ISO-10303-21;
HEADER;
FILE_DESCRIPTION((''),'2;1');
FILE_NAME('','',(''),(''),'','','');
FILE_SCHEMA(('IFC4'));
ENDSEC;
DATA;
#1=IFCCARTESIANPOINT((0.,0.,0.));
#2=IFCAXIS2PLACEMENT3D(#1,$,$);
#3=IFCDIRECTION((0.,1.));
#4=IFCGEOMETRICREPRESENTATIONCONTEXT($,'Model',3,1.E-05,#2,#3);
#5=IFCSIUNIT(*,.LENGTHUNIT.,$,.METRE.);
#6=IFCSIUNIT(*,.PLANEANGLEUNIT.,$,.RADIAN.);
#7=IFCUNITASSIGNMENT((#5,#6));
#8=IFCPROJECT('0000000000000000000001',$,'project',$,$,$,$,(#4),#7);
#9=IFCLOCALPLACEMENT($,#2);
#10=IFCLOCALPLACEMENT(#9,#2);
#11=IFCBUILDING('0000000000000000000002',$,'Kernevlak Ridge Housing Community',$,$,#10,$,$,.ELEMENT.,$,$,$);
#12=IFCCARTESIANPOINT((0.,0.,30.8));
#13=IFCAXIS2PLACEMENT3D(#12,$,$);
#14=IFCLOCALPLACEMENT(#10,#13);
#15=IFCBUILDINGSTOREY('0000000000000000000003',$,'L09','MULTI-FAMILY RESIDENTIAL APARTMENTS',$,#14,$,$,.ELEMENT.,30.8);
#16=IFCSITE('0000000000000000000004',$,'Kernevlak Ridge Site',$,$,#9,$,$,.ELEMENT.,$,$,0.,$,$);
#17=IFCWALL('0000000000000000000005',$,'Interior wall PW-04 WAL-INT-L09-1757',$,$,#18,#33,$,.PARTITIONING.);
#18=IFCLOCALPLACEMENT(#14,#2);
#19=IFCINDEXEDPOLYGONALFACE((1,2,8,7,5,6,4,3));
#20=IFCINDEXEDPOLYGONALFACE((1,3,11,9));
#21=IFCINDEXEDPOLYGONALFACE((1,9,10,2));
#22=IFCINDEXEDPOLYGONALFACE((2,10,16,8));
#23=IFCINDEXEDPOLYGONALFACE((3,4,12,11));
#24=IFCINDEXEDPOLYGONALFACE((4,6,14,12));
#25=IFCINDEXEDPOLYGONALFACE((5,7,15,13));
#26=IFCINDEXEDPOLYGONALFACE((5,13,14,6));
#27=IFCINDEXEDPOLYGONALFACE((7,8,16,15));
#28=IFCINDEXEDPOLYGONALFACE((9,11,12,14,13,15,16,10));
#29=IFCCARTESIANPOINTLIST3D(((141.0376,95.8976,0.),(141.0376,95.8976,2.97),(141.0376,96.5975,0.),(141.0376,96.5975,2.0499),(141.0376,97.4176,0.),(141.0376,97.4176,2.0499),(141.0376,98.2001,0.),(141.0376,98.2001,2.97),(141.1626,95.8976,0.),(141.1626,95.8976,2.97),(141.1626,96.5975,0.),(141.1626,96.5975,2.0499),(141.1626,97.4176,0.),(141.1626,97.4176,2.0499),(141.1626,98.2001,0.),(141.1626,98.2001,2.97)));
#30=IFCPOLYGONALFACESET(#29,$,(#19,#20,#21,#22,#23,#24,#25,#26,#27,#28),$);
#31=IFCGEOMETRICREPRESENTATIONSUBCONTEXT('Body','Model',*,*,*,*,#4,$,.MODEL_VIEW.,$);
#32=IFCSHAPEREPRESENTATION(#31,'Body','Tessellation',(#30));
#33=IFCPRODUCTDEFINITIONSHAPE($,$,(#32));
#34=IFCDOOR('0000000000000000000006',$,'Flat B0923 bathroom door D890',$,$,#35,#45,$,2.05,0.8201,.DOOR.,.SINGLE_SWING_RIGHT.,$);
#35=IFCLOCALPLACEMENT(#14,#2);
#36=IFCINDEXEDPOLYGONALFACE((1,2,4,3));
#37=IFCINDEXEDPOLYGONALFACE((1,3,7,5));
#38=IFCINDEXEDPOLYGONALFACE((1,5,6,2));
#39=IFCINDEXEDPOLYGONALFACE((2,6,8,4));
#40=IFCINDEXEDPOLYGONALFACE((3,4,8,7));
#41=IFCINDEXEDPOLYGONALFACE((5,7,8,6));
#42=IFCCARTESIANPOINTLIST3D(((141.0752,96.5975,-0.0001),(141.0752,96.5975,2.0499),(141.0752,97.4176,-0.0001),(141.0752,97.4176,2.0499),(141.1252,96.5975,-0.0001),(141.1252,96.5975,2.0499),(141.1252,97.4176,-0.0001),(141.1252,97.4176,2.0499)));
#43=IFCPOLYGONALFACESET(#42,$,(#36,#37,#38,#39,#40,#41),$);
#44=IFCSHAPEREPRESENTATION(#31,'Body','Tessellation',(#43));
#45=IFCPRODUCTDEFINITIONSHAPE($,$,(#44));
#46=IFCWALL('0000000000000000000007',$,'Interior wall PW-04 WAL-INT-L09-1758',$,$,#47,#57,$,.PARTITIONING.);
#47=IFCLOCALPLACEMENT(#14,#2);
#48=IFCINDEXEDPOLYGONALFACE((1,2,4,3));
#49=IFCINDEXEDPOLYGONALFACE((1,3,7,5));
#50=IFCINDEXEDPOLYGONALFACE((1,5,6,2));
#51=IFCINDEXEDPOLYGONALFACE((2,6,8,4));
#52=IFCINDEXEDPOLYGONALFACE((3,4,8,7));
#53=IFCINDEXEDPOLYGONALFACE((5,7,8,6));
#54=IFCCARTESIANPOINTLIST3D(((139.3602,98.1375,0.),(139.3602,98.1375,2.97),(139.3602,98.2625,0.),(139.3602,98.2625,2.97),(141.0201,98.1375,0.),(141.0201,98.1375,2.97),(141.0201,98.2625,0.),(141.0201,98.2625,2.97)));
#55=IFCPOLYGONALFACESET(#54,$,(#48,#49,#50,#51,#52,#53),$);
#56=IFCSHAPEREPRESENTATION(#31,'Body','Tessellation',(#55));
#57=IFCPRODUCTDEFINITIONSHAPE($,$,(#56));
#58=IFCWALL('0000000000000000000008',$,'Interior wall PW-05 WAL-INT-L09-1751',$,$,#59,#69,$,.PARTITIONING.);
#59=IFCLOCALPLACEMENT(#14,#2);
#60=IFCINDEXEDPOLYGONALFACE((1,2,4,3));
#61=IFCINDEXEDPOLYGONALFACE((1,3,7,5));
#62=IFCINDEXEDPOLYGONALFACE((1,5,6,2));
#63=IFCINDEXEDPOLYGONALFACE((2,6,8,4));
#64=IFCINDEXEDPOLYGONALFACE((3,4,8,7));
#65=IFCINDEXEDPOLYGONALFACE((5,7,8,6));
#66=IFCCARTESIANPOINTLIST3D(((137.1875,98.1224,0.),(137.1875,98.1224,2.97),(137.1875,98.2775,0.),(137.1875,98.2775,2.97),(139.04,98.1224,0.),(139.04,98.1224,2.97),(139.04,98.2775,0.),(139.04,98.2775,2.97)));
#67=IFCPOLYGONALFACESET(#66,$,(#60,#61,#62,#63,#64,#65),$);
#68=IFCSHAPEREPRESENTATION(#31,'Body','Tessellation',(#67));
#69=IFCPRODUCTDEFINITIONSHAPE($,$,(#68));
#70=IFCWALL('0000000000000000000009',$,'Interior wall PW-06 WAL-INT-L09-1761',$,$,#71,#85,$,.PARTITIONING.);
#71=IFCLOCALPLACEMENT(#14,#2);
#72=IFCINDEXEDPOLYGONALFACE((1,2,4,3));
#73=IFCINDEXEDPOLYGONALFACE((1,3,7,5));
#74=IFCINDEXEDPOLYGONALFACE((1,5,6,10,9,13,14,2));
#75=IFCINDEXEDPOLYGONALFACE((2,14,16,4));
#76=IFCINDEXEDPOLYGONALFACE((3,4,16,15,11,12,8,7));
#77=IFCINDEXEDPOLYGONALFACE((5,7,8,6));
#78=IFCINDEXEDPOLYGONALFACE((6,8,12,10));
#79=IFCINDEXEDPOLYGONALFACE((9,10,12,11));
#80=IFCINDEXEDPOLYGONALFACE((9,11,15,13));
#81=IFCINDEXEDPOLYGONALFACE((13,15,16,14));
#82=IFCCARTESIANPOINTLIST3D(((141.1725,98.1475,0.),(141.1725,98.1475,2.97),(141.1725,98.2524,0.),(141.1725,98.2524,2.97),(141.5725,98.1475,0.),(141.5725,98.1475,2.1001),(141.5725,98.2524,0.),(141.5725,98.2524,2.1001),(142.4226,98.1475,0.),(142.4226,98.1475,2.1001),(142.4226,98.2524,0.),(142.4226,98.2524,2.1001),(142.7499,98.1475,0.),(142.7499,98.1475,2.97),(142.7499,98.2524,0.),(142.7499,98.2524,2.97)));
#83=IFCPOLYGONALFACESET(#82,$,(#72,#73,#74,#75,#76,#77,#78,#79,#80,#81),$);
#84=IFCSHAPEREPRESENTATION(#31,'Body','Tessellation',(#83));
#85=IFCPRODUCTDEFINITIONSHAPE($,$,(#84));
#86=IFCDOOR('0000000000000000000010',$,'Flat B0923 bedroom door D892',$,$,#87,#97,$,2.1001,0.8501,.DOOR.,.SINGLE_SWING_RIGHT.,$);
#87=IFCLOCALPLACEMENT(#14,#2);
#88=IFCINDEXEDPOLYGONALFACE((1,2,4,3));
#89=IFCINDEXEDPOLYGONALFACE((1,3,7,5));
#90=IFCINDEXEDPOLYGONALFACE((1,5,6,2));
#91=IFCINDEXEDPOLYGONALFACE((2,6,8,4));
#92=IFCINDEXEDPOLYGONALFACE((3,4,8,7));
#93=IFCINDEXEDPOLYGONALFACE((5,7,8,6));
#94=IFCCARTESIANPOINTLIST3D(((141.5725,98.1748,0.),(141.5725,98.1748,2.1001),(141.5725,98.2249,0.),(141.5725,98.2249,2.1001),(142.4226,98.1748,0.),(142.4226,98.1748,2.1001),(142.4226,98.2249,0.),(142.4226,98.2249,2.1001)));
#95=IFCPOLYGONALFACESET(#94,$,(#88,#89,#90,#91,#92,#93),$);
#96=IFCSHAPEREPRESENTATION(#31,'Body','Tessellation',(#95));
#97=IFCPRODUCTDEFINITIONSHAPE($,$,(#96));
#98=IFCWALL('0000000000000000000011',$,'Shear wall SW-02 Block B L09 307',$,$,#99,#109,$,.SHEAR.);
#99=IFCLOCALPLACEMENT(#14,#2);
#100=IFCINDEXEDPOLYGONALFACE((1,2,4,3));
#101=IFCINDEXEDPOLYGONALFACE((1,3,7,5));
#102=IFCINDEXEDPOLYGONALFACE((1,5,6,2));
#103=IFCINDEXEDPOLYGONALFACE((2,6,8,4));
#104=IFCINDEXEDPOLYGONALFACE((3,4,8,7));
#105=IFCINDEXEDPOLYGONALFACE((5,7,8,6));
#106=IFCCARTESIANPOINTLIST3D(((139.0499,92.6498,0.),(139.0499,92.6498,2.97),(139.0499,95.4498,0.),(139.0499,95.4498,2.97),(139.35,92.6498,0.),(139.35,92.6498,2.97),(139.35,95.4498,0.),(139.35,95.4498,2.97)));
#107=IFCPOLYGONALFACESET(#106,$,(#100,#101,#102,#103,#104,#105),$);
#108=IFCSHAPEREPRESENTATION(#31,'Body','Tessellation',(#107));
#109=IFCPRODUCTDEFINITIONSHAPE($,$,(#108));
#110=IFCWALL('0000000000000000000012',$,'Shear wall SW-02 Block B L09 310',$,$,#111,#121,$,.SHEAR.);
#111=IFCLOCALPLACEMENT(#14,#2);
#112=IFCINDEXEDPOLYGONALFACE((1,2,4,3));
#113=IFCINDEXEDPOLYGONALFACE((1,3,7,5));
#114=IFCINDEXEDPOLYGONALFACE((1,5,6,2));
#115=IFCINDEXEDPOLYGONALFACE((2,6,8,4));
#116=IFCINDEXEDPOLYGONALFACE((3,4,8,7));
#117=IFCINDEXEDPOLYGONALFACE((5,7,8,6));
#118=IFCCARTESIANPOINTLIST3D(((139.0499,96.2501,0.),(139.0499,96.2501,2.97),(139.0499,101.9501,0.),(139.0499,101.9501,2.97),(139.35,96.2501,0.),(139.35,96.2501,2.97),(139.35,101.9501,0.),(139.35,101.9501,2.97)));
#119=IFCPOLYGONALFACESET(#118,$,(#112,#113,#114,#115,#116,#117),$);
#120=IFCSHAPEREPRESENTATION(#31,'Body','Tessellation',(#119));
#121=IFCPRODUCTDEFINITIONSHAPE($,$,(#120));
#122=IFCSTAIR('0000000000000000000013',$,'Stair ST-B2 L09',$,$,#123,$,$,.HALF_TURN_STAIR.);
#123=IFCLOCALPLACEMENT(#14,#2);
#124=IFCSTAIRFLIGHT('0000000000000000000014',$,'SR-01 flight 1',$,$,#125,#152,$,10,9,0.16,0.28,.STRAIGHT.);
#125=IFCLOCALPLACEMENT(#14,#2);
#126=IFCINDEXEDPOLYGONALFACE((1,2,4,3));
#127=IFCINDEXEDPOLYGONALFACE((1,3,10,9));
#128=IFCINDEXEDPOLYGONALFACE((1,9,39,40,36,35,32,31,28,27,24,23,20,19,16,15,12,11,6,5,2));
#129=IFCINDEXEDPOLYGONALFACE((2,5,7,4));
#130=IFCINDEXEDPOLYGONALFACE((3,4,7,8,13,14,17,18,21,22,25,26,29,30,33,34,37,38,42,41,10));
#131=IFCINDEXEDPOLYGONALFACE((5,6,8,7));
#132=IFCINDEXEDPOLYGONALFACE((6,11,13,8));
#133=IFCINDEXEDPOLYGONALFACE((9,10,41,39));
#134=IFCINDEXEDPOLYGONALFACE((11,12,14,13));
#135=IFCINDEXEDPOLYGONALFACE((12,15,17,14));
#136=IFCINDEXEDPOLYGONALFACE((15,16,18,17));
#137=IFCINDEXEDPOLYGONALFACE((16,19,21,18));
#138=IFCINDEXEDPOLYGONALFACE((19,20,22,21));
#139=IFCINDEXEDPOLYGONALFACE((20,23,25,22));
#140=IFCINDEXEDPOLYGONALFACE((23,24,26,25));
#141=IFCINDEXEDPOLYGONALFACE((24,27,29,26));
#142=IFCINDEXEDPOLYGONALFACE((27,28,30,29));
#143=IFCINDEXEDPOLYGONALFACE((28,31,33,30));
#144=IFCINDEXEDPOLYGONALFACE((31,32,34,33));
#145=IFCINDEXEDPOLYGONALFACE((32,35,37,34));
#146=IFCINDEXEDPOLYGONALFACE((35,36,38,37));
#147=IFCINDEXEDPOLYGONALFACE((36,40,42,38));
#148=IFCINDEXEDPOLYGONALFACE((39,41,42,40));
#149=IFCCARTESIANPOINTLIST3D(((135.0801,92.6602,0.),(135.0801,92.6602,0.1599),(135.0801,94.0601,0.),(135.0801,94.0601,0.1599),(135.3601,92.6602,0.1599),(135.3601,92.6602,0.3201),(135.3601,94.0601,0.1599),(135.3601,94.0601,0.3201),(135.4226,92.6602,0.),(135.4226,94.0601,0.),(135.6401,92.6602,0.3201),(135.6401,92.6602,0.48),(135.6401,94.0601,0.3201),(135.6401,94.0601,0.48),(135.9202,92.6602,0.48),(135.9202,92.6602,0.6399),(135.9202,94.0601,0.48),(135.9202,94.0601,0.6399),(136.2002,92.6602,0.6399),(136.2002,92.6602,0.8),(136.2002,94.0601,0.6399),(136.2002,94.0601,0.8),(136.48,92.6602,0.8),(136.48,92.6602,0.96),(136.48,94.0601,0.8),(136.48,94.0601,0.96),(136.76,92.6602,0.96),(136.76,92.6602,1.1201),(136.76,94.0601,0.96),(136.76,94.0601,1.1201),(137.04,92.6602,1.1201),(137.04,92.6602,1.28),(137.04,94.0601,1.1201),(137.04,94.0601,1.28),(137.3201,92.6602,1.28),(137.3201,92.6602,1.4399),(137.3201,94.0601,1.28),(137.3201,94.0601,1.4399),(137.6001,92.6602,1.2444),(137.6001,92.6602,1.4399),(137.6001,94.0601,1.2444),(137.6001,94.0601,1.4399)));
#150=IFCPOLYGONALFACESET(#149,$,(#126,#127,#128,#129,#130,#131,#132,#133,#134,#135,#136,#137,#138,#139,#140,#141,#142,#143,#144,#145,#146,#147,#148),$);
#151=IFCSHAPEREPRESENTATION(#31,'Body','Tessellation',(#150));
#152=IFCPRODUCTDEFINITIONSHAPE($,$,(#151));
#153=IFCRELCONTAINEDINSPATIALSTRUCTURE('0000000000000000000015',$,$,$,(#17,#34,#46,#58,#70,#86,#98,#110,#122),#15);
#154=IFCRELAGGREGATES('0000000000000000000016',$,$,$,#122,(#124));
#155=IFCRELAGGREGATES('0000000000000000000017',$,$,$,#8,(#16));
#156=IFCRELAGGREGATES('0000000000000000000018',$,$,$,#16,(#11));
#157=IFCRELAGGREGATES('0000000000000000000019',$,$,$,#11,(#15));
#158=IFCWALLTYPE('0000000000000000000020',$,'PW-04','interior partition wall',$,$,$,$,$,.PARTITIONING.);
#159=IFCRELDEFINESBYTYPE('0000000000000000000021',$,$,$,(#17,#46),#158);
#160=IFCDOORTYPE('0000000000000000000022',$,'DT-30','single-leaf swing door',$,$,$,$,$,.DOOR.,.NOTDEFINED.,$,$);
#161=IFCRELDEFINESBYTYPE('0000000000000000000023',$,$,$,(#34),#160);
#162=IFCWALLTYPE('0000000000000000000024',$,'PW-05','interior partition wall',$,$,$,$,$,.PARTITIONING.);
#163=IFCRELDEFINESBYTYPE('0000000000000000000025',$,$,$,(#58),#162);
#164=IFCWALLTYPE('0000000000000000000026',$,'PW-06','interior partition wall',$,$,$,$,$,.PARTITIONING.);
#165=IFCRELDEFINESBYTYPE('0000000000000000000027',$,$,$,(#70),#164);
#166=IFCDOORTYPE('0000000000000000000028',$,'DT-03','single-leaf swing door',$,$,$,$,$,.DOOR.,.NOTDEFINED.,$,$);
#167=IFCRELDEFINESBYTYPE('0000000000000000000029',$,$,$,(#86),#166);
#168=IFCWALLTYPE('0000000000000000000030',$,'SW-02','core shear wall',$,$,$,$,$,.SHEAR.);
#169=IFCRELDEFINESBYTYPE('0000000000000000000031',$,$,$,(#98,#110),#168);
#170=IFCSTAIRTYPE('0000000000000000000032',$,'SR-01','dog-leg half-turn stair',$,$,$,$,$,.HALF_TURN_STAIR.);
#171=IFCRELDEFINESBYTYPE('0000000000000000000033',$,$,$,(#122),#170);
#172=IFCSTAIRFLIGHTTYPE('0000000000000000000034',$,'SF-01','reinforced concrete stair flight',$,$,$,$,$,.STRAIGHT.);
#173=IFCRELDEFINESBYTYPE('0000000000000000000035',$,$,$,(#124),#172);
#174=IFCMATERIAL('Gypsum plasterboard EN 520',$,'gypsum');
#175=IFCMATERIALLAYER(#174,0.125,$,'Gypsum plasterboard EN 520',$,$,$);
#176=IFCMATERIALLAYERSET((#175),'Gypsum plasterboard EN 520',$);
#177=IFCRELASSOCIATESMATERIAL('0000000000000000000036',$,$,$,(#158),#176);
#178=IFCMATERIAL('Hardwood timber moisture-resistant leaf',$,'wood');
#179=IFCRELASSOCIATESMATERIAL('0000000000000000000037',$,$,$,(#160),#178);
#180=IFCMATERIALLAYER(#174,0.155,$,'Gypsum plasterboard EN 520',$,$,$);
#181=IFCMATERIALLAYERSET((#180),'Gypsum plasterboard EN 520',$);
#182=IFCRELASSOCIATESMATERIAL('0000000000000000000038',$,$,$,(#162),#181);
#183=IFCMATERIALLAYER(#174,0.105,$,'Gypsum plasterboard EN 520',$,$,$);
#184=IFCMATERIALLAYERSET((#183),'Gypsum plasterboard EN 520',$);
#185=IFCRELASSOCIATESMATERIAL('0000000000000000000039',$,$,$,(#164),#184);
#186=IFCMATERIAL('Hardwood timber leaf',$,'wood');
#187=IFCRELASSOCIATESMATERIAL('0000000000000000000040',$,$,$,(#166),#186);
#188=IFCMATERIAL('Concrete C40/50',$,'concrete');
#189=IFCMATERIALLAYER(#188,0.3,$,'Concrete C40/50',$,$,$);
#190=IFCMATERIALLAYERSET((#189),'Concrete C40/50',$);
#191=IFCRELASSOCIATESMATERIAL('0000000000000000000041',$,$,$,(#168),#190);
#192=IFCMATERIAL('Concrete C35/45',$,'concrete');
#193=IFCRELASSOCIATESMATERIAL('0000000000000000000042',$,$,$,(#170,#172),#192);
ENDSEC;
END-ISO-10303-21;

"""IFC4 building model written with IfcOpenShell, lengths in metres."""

from ifc_helpers import new_model, si_unit, direction, frame, frame_2d, origin, place, context, subcontext, project, spatial, polyline, rectangle, outline, extrude, material, layer, layer_set, type_object, element, fill, aggregate, save


model = new_model("IFC4")

# Units and contexts
model_context = context("Model", 3, precision=1e-05, world=origin(), true_north=direction((0.0, 1.0)))
body_context = subcontext(model_context, "Body", "Model", "MODEL_VIEW")
ifc_project = project(units=[si_unit("LENGTHUNIT", "METRE"), si_unit("PLANEANGLEUNIT", "RADIAN")], contexts=[model_context])

# Site, building, storey
site_placement = place(None, origin())
site = spatial("IfcSite", under=ifc_project, at=site_placement, Name="Kernevlak Ridge Site", CompositionType="ELEMENT", RefElevation=0.0)
building_placement = place(site_placement, origin())
building = spatial("IfcBuilding", under=site, at=building_placement, Name="Kernevlak Ridge Housing Community", CompositionType="ELEMENT")
storey_placement = place(building_placement, frame((0.0, 0.0, 30.8)))
storey = spatial("IfcBuildingStorey", under=building, at=storey_placement, Name="L09", Description="MULTI-FAMILY RESIDENTIAL APARTMENTS", CompositionType="ELEMENT", Elevation=30.8)

# Shared definitions
ifc_material_1 = material(Name="Concrete C40/50", Category="concrete")

# Shared definitions
ifc_material_2 = material(Name="Concrete C35/45", Category="concrete")

# Wall, opening, door
ifc_material_3 = material(Name="Gypsum plasterboard EN 520", Category="gypsum")
ifc_layer_1 = layer(ifc_material_3, 0.125, Name="Gypsum plasterboard EN 520")
ifc_layer_set_1 = layer_set([ifc_layer_1], Name="Gypsum plasterboard EN 520")
wall_type_1 = type_object("IfcWallType", Name="PW-04", Description="interior partition wall", PredefinedType="PARTITIONING", material=ifc_layer_set_1)
wall_1_placement = place(storey_placement, frame((141.1001, 95.8975, 0.0), z_axis=(0.0, 0.0, 1.0), x_axis=(0.0, 1.0, 0.0)))
wall_1 = element("IfcWall", 1, at=wall_1_placement, inside=storey, type_object=wall_type_1, Name="Interior wall PW-04 WAL-INT-L09-1757", PredefinedType="PARTITIONING", context=body_context, shape_type="SweptSolid", body=[
    extrude(rectangle(XDim=2.3025, YDim=0.125, at=frame_2d((1.1514, 0.0))), origin(), (0.0, 0.0, 1.0), 2.97),
])
opening_1_placement = place(wall_1_placement, frame((0.7, 0.0, 0.0)))
opening_1 = element("IfcOpeningElement", 2, at=opening_1_placement, cuts=wall_1, PredefinedType="OPENING", context=body_context, shape_type="SweptSolid", body=[
    extrude(rectangle(XDim=0.8201, YDim=2.05, at=frame_2d((0.4102, 1.0249))), frame((0.0, 0.0725, 0.0), z_axis=(0.0, -1.0, 0.0), x_axis=(1.0, 0.0, 0.0)), (0.0, 0.0, 1.0), 0.145),
])
ifc_material_4 = material(Name="Hardwood timber moisture-resistant leaf", Category="wood")
door_type_1 = type_object("IfcDoorType", Name="DT-30", Description="single-leaf swing door", OperationType="NOTDEFINED", PredefinedType="DOOR", material=ifc_material_4)
door_1_placement = place(opening_1_placement, origin())
door_1 = element("IfcDoor", 3, at=door_1_placement, inside=storey, type_object=door_type_1, Name="Flat B0923 bathroom door D890", OperationType="SINGLE_SWING_RIGHT", OverallHeight=2.05, OverallWidth=0.8201, PredefinedType="DOOR", context=body_context, shape_type="SweptSolid", body=[
    extrude(rectangle(XDim=0.8201, YDim=2.05, at=frame_2d((0.4102, 1.0249))), frame((0.0, 0.0249, 0.0), z_axis=(0.0, -1.0, 0.0), x_axis=(1.0, 0.0, 0.0)), (0.0, 0.0, 1.0), 0.05),
])
fill(opening_1, door_1)

# Wall
wall_2_placement = place(storey_placement, frame((139.3601, 98.2, 0.0), z_axis=(0.0, 0.0, 1.0), x_axis=(1.0, 0.0, 0.0)))
element("IfcWall", 4, at=wall_2_placement, inside=storey, type_object=wall_type_1, Name="Interior wall PW-04 WAL-INT-L09-1758", PredefinedType="PARTITIONING", context=body_context, shape_type="SweptSolid", body=[
    extrude(rectangle(XDim=1.6599, YDim=0.125, at=frame_2d((0.8301, 0.0))), origin(), (0.0, 0.0, 1.0), 2.97),
])

# Shared definitions
ifc_layer_2 = layer(ifc_material_3, 0.155, Name="Gypsum plasterboard EN 520")
ifc_layer_set_2 = layer_set([ifc_layer_2], Name="Gypsum plasterboard EN 520")
wall_type_2 = type_object("IfcWallType", Name="PW-05", Description="interior partition wall", PredefinedType="PARTITIONING", material=ifc_layer_set_2)
ifc_material_5 = material(Name="Hardwood timber leaf", Category="wood")

# Wall
wall_3_placement = place(storey_placement, frame((137.1875, 98.2, 0.0), z_axis=(0.0, 0.0, 1.0), x_axis=(1.0, 0.0, 0.0)))
element("IfcWall", 5, at=wall_3_placement, inside=storey, type_object=wall_type_2, Name="Interior wall PW-05 WAL-INT-L09-1751", PredefinedType="PARTITIONING", context=body_context, shape_type="SweptSolid", body=[
    extrude(rectangle(XDim=1.8525, YDim=0.155, at=frame_2d((0.9263, 0.0))), origin(), (0.0, 0.0, 1.0), 2.97),
])

# Wall, opening, door
ifc_layer_3 = layer(ifc_material_3, 0.105, Name="Gypsum plasterboard EN 520")
ifc_layer_set_3 = layer_set([ifc_layer_3], Name="Gypsum plasterboard EN 520")
wall_type_3 = type_object("IfcWallType", Name="PW-06", Description="interior partition wall", PredefinedType="PARTITIONING", material=ifc_layer_set_3)
wall_4_placement = place(storey_placement, frame((141.1726, 98.2, 0.0), z_axis=(0.0, 0.0, 1.0), x_axis=(1.0, 0.0, 0.0)))
wall_4 = element("IfcWall", 6, at=wall_4_placement, inside=storey, type_object=wall_type_3, Name="Interior wall PW-06 WAL-INT-L09-1761", PredefinedType="PARTITIONING", context=body_context, shape_type="SweptSolid", body=[
    extrude(rectangle(XDim=1.5774, YDim=0.105, at=frame_2d((0.7886, 0.0))), origin(), (0.0, 0.0, 1.0), 2.97),
])
opening_2_placement = place(wall_4_placement, frame((0.3999, 0.0, 0.0)))
opening_2 = element("IfcOpeningElement", 7, at=opening_2_placement, cuts=wall_4, PredefinedType="OPENING", context=body_context, shape_type="SweptSolid", body=[
    extrude(rectangle(XDim=0.8501, YDim=2.1001, at=frame_2d((0.425, 1.05))), frame((0.0, 0.0625, 0.0), z_axis=(0.0, -1.0, 0.0), x_axis=(1.0, 0.0, 0.0)), (0.0, 0.0, 1.0), 0.125),
])
door_type_2 = type_object("IfcDoorType", Name="DT-03", Description="single-leaf swing door", OperationType="NOTDEFINED", PredefinedType="DOOR", material=ifc_material_5)
door_2_placement = place(opening_2_placement, origin())
door_2 = element("IfcDoor", 8, at=door_2_placement, inside=storey, type_object=door_type_2, Name="Flat B0923 bedroom door D892", OperationType="SINGLE_SWING_RIGHT", OverallHeight=2.1001, OverallWidth=0.8501, PredefinedType="DOOR", context=body_context, shape_type="SweptSolid", body=[
    extrude(rectangle(XDim=0.8501, YDim=2.1001, at=frame_2d((0.425, 1.05))), frame((0.0, 0.0249, 0.0), z_axis=(0.0, -1.0, 0.0), x_axis=(1.0, 0.0, 0.0)), (0.0, 0.0, 1.0), 0.05),
])
fill(opening_2, door_2)

# Walls
ifc_layer_4 = layer(ifc_material_1, 0.3, Name="Concrete C40/50")
ifc_layer_set_4 = layer_set([ifc_layer_4], Name="Concrete C40/50")
wall_type_4 = type_object("IfcWallType", Name="SW-02", Description="core shear wall", PredefinedType="SHEAR", material=ifc_layer_set_4)
wall_5_placement = place(storey_placement, frame((139.2, 92.6499, 0.0), z_axis=(0.0, 0.0, 1.0), x_axis=(0.0, 1.0, 0.0)))
element("IfcWall", 9, at=wall_5_placement, inside=storey, type_object=wall_type_4, Name="Shear wall SW-02 Block B L09 307", PredefinedType="SHEAR", context=body_context, shape_type="SweptSolid", body=[
    extrude(rectangle(XDim=2.8, YDim=0.3, at=frame_2d((1.3999, 0.0))), origin(), (0.0, 0.0, 1.0), 2.97),
])
wall_6_placement = place(storey_placement, frame((139.2, 96.25, 0.0), z_axis=(0.0, 0.0, 1.0), x_axis=(0.0, 1.0, 0.0)))
element("IfcWall", 10, at=wall_6_placement, inside=storey, type_object=wall_type_4, Name="Shear wall SW-02 Block B L09 310", PredefinedType="SHEAR", context=body_context, shape_type="SweptSolid", body=[
    extrude(rectangle(XDim=5.7, YDim=0.3, at=frame_2d((2.8501, 0.0))), origin(), (0.0, 0.0, 1.0), 2.97),
])

# Stair, stair flight
stair_type = type_object("IfcStairType", Name="SR-01", Description="dog-leg half-turn stair", PredefinedType="HALF_TURN_STAIR", material=ifc_material_2)
stair_placement = place(storey_placement, origin())
stair = element("IfcStair", 11, at=stair_placement, inside=storey, type_object=stair_type, Name="Stair ST-B2 L09", PredefinedType="HALF_TURN_STAIR")
stair_flight_type = type_object("IfcStairFlightType", Name="SF-01", Description="reinforced concrete stair flight", PredefinedType="STRAIGHT", material=ifc_material_2)
stair_flight_1_placement = place(storey_placement, frame((135.0801, 93.3601, 0.0), z_axis=(0.0, 0.0, 1.0), x_axis=(1.0, 0.0, 0.0)))
stair_flight_1 = element("IfcStairFlight", 12, at=stair_flight_1_placement, type_object=stair_flight_type, Name="SR-01 flight 1", NumberOfRisers=10, NumberOfTreads=9, PredefinedType="STRAIGHT", RiserHeight=0.16, TreadLength=0.28, context=body_context, shape_type="SweptSolid", body=[
    extrude(outline(polyline([(0.0, 0.0), (0.0, 0.1599), (0.28, 0.1599), (0.28, 0.3201), (0.5601, 0.3201), (0.5601, 0.48), (0.8401, 0.48), (0.8401, 0.6399), (1.1201, 0.6399), (1.1201, 0.8), (1.3999, 0.8), (1.3999, 0.96), (1.6799, 0.96), (1.6799, 1.1201), (1.96, 1.1201), (1.96, 1.28), (2.24, 1.28), (2.24, 1.4399), (2.52, 1.4399), (2.52, 1.6001), (2.52, 1.2444), (0.3425, 0.0), (0.0, 0.0)])), frame((0.0, 0.7, 0.0), z_axis=(0.0, -1.0, 0.0), x_axis=(1.0, 0.0, 0.0)), (0.0, 0.0, 1.0), 1.3999),
])
aggregate(stair, [stair_flight_1])

save(model, "model.ifc")
